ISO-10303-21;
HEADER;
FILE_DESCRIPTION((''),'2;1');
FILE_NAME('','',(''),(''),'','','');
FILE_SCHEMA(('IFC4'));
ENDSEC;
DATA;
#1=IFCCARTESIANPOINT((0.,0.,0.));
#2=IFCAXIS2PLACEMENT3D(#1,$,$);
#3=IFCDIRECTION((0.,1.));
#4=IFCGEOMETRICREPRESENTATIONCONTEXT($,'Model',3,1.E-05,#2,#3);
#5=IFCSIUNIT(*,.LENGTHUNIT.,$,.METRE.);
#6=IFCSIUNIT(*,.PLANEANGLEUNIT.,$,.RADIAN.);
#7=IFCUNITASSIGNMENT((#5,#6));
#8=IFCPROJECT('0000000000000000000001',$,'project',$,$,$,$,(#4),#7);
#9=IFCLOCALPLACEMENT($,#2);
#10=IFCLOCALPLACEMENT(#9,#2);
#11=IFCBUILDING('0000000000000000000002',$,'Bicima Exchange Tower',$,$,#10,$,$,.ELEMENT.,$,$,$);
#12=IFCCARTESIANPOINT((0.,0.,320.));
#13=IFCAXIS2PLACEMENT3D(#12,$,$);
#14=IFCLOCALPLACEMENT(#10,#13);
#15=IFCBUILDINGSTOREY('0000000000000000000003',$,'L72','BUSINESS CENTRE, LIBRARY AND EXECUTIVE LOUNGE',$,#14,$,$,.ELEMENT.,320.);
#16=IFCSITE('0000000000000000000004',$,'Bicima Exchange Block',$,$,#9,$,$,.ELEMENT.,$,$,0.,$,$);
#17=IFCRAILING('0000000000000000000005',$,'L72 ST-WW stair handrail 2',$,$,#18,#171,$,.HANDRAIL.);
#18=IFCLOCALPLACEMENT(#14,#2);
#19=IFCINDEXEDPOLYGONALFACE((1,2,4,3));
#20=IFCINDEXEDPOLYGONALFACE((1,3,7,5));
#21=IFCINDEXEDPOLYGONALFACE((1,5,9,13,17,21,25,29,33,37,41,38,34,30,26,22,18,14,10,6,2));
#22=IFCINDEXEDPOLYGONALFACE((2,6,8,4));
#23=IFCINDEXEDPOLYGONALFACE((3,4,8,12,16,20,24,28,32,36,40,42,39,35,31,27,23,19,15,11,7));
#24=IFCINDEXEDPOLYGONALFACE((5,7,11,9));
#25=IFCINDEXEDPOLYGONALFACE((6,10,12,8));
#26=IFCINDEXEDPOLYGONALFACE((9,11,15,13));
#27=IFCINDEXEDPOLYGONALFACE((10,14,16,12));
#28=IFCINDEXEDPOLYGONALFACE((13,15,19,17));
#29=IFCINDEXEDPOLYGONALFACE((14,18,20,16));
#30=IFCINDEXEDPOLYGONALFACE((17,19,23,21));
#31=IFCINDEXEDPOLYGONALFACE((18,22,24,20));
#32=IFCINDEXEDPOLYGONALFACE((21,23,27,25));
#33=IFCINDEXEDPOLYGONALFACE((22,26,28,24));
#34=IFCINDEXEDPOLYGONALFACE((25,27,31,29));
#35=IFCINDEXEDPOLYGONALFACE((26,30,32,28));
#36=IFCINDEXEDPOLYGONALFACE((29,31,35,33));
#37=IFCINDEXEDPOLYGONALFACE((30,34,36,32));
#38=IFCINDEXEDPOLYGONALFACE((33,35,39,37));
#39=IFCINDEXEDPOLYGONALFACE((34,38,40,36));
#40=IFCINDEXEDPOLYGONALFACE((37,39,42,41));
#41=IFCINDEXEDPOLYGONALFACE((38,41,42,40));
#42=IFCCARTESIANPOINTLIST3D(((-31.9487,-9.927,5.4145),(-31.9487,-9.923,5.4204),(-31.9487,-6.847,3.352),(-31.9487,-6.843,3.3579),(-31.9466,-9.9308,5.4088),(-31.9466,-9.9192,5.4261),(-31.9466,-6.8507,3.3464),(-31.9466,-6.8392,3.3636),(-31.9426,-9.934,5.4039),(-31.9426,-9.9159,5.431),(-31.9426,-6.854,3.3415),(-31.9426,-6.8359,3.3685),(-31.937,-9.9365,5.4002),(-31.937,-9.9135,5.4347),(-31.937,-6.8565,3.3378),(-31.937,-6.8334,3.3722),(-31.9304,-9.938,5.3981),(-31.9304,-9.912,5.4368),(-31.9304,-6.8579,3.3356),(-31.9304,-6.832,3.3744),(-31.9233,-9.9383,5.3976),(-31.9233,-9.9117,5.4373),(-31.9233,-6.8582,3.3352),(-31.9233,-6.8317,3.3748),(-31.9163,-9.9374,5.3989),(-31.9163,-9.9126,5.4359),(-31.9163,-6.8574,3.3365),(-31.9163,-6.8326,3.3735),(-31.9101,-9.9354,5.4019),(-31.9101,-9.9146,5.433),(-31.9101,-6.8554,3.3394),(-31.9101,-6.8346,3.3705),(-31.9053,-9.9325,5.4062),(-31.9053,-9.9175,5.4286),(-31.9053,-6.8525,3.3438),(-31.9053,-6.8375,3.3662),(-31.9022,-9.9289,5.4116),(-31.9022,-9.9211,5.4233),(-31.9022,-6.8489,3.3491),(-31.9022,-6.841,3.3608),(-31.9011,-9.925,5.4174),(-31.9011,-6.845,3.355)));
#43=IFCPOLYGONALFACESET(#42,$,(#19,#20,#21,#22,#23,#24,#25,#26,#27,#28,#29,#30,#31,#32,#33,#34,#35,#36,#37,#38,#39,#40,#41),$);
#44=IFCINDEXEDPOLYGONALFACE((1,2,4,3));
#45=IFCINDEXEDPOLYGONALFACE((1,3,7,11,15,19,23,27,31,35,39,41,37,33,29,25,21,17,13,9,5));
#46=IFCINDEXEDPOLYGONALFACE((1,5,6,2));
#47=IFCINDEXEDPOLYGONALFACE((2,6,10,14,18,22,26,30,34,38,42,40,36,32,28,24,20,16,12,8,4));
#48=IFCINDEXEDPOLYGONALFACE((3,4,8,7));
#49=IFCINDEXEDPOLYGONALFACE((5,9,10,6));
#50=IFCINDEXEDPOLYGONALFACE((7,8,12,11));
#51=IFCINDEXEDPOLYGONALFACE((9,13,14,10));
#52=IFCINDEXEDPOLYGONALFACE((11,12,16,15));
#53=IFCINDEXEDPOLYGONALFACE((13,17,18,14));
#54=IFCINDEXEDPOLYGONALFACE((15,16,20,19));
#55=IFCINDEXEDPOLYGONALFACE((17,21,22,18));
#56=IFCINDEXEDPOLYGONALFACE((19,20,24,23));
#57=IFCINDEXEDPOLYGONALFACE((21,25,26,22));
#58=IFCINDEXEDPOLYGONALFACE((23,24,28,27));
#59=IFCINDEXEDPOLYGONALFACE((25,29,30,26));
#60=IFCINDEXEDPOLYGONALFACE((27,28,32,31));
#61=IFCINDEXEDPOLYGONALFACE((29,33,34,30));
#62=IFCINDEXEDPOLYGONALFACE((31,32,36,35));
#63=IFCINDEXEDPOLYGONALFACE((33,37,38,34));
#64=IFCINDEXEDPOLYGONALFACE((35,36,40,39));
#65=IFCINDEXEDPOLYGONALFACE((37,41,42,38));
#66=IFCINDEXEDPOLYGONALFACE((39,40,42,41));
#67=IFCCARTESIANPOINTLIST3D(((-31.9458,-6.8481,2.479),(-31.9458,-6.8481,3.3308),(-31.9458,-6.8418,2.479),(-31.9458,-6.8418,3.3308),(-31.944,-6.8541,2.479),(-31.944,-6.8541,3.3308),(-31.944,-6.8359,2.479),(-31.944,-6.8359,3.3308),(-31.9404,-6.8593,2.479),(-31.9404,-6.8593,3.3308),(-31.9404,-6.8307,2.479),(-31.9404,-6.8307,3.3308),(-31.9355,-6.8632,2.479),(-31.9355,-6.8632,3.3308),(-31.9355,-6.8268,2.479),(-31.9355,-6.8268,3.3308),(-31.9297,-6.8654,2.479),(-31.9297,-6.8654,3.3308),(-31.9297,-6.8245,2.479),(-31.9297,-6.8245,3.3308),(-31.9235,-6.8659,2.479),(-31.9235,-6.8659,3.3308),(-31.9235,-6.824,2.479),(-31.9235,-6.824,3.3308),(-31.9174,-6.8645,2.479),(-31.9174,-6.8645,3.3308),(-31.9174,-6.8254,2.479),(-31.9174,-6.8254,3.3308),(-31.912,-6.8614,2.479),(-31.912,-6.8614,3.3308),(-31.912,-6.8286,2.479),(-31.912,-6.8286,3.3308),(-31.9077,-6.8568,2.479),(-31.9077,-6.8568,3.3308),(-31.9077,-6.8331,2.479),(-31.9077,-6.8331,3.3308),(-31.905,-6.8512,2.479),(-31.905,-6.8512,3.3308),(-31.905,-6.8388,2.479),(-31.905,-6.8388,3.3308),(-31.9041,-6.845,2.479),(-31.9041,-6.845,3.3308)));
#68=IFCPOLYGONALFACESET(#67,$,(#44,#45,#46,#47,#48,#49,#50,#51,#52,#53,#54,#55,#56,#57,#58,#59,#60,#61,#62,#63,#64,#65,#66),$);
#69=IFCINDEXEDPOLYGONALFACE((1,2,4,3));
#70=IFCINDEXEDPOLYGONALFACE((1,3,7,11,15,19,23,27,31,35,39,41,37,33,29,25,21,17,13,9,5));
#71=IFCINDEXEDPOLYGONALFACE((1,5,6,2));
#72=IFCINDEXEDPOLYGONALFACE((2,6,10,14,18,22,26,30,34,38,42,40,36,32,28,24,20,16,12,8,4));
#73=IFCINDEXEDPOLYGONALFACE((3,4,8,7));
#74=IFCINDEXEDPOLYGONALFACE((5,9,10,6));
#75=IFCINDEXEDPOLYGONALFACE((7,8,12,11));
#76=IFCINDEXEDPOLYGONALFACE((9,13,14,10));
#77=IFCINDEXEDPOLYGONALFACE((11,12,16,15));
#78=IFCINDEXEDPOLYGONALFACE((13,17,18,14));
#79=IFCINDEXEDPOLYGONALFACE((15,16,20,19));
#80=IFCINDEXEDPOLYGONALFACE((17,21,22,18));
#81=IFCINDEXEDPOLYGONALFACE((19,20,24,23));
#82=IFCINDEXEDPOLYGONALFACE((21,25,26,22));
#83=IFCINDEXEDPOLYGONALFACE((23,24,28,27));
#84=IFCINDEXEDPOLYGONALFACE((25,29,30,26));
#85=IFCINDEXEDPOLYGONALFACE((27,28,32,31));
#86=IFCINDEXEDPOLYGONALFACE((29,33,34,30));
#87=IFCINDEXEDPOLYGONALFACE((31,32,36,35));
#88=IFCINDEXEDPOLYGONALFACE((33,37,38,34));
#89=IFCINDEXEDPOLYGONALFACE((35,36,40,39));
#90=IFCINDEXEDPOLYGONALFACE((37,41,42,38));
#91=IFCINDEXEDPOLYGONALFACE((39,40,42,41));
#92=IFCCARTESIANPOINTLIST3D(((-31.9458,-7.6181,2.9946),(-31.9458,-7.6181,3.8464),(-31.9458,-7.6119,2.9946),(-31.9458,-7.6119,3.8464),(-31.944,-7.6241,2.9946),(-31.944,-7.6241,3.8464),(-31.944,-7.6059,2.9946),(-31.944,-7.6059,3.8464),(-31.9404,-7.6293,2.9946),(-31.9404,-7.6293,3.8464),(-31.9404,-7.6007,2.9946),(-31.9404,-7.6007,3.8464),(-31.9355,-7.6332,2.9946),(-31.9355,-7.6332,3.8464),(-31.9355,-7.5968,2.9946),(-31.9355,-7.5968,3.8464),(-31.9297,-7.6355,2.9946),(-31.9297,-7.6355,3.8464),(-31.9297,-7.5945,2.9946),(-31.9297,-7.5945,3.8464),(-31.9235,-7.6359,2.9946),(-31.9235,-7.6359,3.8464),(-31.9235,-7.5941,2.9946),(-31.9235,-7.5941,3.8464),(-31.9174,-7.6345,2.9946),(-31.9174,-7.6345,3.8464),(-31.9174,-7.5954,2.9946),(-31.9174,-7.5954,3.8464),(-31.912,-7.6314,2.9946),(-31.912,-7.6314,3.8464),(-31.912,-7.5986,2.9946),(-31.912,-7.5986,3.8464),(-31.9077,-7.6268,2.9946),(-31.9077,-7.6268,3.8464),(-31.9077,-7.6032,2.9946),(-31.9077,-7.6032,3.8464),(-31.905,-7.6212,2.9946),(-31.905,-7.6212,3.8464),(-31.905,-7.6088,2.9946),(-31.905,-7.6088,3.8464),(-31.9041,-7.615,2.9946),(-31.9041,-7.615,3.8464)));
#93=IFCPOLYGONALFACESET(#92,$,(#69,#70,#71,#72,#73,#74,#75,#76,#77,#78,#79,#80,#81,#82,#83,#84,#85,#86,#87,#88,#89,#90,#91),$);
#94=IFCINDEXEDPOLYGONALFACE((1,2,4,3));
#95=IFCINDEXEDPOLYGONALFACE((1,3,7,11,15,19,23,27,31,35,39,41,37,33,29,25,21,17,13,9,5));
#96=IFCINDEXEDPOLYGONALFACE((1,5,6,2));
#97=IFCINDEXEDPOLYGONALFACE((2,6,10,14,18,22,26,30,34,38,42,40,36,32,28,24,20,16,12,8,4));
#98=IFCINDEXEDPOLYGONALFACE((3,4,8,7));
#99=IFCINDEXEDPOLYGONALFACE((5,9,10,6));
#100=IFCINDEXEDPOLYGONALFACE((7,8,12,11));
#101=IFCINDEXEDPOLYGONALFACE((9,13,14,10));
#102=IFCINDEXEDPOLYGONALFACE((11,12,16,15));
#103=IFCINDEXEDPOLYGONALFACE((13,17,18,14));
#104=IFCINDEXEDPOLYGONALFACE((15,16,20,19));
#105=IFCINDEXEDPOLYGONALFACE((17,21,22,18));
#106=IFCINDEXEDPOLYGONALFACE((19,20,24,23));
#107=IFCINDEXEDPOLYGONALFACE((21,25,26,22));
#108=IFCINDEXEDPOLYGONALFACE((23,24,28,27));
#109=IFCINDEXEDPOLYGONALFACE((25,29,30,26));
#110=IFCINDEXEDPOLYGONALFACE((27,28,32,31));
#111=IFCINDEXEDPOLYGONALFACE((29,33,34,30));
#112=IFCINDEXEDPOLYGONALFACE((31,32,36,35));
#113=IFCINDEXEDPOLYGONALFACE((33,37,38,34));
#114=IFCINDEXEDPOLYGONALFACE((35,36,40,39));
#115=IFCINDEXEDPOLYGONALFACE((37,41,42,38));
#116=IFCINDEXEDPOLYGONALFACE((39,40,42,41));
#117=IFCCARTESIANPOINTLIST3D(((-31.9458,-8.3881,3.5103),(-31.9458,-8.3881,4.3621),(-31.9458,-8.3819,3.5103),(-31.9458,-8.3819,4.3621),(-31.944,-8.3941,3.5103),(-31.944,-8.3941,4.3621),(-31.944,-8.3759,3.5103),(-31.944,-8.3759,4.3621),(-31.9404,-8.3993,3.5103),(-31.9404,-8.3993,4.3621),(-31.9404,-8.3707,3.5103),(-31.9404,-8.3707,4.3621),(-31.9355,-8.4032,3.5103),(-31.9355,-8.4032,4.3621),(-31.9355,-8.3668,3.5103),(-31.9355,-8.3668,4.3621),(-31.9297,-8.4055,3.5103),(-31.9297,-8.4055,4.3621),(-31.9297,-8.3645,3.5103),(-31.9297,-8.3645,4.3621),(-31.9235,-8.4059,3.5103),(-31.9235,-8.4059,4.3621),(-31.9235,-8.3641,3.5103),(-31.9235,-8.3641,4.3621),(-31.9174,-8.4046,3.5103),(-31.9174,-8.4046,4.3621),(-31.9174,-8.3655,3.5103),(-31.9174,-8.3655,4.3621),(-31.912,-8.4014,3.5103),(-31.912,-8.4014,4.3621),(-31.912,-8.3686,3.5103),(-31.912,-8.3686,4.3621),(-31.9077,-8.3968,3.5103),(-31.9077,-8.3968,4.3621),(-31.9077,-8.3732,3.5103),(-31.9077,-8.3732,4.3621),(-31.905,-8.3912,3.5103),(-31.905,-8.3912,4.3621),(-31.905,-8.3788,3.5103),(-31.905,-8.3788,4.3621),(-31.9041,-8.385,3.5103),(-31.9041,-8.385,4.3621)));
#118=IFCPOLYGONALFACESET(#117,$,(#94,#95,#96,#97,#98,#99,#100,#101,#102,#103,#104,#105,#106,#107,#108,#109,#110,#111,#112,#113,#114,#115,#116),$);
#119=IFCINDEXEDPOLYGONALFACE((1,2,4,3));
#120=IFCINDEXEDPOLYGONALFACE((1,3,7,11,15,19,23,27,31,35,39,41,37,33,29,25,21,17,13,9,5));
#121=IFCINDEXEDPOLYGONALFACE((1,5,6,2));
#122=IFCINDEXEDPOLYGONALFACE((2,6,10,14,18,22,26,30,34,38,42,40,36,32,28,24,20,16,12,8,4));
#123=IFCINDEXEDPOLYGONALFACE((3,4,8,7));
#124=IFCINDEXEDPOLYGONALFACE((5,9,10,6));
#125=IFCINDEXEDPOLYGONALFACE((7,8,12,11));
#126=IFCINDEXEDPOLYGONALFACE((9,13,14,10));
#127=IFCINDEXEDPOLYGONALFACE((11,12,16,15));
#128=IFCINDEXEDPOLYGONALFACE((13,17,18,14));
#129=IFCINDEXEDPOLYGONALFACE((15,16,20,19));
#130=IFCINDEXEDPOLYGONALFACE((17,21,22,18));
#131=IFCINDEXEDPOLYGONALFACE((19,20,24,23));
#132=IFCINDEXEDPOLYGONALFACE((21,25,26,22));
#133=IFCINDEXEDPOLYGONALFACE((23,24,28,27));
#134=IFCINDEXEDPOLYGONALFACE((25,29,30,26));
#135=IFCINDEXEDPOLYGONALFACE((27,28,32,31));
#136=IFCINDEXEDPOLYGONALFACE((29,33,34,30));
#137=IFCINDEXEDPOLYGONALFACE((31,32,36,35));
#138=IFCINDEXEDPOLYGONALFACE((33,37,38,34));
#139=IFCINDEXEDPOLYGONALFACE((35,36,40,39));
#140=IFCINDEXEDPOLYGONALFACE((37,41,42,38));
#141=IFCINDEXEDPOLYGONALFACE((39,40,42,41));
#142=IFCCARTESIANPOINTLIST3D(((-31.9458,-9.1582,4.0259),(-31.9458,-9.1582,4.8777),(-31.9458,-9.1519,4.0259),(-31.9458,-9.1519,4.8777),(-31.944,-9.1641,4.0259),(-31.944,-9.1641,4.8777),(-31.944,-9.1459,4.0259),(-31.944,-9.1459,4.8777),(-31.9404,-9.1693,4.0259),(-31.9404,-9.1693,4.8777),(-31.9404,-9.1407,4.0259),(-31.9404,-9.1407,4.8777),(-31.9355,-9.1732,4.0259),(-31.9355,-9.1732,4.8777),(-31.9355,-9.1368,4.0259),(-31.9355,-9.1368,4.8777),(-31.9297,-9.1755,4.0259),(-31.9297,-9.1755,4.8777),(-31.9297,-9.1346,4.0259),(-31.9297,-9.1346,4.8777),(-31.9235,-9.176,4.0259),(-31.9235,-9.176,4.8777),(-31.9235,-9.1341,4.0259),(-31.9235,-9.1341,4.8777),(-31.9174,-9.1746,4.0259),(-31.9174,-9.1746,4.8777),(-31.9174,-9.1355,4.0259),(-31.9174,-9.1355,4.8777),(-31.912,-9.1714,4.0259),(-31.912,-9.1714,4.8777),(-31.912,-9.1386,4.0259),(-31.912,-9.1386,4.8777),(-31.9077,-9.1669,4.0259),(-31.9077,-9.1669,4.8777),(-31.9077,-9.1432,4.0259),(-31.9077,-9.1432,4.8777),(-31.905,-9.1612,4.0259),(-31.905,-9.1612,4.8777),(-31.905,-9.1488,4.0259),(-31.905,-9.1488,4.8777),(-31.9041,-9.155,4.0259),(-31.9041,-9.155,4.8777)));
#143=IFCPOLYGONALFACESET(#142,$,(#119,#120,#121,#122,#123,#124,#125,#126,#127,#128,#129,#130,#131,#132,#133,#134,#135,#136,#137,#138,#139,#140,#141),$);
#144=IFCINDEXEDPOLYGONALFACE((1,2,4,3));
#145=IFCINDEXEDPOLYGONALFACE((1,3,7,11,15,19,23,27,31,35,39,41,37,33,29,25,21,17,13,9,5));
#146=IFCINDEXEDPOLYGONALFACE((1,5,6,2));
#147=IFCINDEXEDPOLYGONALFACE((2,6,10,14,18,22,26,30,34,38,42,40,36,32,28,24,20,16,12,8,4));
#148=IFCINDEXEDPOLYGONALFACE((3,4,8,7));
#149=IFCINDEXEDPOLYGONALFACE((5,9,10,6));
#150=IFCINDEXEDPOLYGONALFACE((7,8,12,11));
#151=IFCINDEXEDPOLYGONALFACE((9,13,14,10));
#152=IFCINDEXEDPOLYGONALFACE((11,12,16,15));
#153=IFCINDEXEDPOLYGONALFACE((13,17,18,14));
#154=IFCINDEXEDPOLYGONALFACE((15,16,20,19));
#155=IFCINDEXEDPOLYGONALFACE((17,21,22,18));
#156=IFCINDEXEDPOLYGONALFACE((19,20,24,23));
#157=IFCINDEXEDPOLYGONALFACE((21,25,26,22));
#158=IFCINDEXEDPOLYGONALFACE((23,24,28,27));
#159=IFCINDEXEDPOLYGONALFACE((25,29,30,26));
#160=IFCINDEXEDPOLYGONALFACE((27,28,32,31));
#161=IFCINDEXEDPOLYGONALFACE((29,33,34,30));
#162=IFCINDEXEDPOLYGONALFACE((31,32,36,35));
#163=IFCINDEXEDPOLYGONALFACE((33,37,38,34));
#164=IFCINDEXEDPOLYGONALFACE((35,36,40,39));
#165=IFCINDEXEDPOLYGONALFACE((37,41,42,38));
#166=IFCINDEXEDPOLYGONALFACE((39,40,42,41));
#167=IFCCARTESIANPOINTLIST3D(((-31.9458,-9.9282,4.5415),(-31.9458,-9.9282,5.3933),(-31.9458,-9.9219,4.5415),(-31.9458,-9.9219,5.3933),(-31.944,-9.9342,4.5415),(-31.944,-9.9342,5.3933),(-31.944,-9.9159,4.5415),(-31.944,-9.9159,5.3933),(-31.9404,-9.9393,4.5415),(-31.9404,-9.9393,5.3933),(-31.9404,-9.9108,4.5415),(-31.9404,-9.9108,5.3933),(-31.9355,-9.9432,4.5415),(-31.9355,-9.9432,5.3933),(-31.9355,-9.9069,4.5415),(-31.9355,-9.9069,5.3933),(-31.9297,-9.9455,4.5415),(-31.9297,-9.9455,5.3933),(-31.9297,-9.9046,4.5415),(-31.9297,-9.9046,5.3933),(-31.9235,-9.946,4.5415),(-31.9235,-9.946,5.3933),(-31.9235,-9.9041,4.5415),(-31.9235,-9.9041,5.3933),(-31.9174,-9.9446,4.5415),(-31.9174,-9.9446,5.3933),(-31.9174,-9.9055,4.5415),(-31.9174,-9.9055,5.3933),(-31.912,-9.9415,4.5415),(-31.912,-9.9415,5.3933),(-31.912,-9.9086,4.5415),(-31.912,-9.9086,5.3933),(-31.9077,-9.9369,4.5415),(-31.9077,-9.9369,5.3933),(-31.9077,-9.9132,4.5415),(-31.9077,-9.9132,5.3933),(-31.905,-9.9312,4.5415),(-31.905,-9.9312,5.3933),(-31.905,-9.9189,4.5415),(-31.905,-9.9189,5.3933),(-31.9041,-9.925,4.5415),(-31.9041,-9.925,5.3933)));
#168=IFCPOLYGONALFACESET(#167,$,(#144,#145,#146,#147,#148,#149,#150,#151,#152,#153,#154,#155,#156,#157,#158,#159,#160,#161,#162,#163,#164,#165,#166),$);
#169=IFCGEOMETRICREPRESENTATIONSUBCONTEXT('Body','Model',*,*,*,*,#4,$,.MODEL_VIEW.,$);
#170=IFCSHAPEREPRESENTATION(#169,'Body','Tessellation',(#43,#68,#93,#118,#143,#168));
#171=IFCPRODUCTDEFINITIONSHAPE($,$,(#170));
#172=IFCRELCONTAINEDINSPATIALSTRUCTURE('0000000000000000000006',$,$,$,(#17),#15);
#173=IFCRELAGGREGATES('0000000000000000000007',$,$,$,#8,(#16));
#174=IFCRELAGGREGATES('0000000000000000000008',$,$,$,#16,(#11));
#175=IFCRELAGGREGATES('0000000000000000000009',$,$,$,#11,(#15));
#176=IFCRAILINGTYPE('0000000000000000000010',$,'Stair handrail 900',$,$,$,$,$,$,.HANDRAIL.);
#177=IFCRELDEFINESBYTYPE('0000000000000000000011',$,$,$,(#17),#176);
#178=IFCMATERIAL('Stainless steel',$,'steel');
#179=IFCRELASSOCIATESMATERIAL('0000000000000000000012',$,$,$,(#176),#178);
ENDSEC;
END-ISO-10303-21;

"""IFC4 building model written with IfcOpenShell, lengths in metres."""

from ifc_helpers import new_model, si_unit, direction, frame, origin, origin_2d, place, context, subcontext, project, spatial, circle, extrude, material, type_object, element, save


model = new_model("IFC4")

# Units and contexts
model_context = context("Model", 3, precision=1e-05, world=origin(), true_north=direction((0.0, 1.0)))
body_context = subcontext(model_context, "Body", "Model", "MODEL_VIEW")
ifc_project = project(units=[si_unit("LENGTHUNIT", "METRE"), si_unit("PLANEANGLEUNIT", "RADIAN")], contexts=[model_context])

# Site, building, storey
site_placement = place(None, origin())
site = spatial("IfcSite", under=ifc_project, at=site_placement, Name="Bicima Exchange Block", CompositionType="ELEMENT", RefElevation=0.0)
building_placement = place(site_placement, origin())
building = spatial("IfcBuilding", under=site, at=building_placement, Name="Bicima Exchange Tower", CompositionType="ELEMENT")
storey_placement = place(building_placement, frame((0.0, 0.0, 320.0)))
storey = spatial("IfcBuildingStorey", under=building, at=storey_placement, Name="L72", Description="BUSINESS CENTRE, LIBRARY AND EXECUTIVE LOUNGE", CompositionType="ELEMENT", Elevation=320.0)

# Railing
ifc_material_1 = material(Name="Stainless steel", Category="steel")
railing_type = type_object("IfcRailingType", Name="Stair handrail 900", PredefinedType="HANDRAIL", material=ifc_material_1)
railing_placement = place(storey_placement, frame((-31.925, -6.845, 2.479)))
element("IfcRailing", 1, at=railing_placement, inside=storey, type_object=railing_type, Name="L72 ST-WW stair handrail 2", PredefinedType="HANDRAIL", context=body_context, shape_type="SweptSolid", body=[
    extrude(circle(Radius=0.0239, at=origin_2d()), frame((0.0, 0.0, 0.876), z_axis=(0.0, -0.830914, 0.556401), x_axis=(1.0, 0.0, 0.0)), (0.0, 0.0, 1.0), 3.7068),
    extrude(circle(Radius=0.021, at=origin_2d()), origin(), (0.0, 0.0, 1.0), 0.8518),
    extrude(circle(Radius=0.021, at=origin_2d()), frame((0.0, -0.77, 0.5156)), (0.0, 0.0, 1.0), 0.8518),
    extrude(circle(Radius=0.021, at=origin_2d()), frame((0.0, -1.54, 1.0312)), (0.0, 0.0, 1.0), 0.8518),
    extrude(circle(Radius=0.021, at=origin_2d()), frame((0.0, -2.3101, 1.5469)), (0.0, 0.0, 1.0), 0.8518),
    extrude(circle(Radius=0.021, at=origin_2d()), frame((0.0, -3.0801, 2.0625)), (0.0, 0.0, 1.0), 0.8518),
])

save(model, "model.ifc")
